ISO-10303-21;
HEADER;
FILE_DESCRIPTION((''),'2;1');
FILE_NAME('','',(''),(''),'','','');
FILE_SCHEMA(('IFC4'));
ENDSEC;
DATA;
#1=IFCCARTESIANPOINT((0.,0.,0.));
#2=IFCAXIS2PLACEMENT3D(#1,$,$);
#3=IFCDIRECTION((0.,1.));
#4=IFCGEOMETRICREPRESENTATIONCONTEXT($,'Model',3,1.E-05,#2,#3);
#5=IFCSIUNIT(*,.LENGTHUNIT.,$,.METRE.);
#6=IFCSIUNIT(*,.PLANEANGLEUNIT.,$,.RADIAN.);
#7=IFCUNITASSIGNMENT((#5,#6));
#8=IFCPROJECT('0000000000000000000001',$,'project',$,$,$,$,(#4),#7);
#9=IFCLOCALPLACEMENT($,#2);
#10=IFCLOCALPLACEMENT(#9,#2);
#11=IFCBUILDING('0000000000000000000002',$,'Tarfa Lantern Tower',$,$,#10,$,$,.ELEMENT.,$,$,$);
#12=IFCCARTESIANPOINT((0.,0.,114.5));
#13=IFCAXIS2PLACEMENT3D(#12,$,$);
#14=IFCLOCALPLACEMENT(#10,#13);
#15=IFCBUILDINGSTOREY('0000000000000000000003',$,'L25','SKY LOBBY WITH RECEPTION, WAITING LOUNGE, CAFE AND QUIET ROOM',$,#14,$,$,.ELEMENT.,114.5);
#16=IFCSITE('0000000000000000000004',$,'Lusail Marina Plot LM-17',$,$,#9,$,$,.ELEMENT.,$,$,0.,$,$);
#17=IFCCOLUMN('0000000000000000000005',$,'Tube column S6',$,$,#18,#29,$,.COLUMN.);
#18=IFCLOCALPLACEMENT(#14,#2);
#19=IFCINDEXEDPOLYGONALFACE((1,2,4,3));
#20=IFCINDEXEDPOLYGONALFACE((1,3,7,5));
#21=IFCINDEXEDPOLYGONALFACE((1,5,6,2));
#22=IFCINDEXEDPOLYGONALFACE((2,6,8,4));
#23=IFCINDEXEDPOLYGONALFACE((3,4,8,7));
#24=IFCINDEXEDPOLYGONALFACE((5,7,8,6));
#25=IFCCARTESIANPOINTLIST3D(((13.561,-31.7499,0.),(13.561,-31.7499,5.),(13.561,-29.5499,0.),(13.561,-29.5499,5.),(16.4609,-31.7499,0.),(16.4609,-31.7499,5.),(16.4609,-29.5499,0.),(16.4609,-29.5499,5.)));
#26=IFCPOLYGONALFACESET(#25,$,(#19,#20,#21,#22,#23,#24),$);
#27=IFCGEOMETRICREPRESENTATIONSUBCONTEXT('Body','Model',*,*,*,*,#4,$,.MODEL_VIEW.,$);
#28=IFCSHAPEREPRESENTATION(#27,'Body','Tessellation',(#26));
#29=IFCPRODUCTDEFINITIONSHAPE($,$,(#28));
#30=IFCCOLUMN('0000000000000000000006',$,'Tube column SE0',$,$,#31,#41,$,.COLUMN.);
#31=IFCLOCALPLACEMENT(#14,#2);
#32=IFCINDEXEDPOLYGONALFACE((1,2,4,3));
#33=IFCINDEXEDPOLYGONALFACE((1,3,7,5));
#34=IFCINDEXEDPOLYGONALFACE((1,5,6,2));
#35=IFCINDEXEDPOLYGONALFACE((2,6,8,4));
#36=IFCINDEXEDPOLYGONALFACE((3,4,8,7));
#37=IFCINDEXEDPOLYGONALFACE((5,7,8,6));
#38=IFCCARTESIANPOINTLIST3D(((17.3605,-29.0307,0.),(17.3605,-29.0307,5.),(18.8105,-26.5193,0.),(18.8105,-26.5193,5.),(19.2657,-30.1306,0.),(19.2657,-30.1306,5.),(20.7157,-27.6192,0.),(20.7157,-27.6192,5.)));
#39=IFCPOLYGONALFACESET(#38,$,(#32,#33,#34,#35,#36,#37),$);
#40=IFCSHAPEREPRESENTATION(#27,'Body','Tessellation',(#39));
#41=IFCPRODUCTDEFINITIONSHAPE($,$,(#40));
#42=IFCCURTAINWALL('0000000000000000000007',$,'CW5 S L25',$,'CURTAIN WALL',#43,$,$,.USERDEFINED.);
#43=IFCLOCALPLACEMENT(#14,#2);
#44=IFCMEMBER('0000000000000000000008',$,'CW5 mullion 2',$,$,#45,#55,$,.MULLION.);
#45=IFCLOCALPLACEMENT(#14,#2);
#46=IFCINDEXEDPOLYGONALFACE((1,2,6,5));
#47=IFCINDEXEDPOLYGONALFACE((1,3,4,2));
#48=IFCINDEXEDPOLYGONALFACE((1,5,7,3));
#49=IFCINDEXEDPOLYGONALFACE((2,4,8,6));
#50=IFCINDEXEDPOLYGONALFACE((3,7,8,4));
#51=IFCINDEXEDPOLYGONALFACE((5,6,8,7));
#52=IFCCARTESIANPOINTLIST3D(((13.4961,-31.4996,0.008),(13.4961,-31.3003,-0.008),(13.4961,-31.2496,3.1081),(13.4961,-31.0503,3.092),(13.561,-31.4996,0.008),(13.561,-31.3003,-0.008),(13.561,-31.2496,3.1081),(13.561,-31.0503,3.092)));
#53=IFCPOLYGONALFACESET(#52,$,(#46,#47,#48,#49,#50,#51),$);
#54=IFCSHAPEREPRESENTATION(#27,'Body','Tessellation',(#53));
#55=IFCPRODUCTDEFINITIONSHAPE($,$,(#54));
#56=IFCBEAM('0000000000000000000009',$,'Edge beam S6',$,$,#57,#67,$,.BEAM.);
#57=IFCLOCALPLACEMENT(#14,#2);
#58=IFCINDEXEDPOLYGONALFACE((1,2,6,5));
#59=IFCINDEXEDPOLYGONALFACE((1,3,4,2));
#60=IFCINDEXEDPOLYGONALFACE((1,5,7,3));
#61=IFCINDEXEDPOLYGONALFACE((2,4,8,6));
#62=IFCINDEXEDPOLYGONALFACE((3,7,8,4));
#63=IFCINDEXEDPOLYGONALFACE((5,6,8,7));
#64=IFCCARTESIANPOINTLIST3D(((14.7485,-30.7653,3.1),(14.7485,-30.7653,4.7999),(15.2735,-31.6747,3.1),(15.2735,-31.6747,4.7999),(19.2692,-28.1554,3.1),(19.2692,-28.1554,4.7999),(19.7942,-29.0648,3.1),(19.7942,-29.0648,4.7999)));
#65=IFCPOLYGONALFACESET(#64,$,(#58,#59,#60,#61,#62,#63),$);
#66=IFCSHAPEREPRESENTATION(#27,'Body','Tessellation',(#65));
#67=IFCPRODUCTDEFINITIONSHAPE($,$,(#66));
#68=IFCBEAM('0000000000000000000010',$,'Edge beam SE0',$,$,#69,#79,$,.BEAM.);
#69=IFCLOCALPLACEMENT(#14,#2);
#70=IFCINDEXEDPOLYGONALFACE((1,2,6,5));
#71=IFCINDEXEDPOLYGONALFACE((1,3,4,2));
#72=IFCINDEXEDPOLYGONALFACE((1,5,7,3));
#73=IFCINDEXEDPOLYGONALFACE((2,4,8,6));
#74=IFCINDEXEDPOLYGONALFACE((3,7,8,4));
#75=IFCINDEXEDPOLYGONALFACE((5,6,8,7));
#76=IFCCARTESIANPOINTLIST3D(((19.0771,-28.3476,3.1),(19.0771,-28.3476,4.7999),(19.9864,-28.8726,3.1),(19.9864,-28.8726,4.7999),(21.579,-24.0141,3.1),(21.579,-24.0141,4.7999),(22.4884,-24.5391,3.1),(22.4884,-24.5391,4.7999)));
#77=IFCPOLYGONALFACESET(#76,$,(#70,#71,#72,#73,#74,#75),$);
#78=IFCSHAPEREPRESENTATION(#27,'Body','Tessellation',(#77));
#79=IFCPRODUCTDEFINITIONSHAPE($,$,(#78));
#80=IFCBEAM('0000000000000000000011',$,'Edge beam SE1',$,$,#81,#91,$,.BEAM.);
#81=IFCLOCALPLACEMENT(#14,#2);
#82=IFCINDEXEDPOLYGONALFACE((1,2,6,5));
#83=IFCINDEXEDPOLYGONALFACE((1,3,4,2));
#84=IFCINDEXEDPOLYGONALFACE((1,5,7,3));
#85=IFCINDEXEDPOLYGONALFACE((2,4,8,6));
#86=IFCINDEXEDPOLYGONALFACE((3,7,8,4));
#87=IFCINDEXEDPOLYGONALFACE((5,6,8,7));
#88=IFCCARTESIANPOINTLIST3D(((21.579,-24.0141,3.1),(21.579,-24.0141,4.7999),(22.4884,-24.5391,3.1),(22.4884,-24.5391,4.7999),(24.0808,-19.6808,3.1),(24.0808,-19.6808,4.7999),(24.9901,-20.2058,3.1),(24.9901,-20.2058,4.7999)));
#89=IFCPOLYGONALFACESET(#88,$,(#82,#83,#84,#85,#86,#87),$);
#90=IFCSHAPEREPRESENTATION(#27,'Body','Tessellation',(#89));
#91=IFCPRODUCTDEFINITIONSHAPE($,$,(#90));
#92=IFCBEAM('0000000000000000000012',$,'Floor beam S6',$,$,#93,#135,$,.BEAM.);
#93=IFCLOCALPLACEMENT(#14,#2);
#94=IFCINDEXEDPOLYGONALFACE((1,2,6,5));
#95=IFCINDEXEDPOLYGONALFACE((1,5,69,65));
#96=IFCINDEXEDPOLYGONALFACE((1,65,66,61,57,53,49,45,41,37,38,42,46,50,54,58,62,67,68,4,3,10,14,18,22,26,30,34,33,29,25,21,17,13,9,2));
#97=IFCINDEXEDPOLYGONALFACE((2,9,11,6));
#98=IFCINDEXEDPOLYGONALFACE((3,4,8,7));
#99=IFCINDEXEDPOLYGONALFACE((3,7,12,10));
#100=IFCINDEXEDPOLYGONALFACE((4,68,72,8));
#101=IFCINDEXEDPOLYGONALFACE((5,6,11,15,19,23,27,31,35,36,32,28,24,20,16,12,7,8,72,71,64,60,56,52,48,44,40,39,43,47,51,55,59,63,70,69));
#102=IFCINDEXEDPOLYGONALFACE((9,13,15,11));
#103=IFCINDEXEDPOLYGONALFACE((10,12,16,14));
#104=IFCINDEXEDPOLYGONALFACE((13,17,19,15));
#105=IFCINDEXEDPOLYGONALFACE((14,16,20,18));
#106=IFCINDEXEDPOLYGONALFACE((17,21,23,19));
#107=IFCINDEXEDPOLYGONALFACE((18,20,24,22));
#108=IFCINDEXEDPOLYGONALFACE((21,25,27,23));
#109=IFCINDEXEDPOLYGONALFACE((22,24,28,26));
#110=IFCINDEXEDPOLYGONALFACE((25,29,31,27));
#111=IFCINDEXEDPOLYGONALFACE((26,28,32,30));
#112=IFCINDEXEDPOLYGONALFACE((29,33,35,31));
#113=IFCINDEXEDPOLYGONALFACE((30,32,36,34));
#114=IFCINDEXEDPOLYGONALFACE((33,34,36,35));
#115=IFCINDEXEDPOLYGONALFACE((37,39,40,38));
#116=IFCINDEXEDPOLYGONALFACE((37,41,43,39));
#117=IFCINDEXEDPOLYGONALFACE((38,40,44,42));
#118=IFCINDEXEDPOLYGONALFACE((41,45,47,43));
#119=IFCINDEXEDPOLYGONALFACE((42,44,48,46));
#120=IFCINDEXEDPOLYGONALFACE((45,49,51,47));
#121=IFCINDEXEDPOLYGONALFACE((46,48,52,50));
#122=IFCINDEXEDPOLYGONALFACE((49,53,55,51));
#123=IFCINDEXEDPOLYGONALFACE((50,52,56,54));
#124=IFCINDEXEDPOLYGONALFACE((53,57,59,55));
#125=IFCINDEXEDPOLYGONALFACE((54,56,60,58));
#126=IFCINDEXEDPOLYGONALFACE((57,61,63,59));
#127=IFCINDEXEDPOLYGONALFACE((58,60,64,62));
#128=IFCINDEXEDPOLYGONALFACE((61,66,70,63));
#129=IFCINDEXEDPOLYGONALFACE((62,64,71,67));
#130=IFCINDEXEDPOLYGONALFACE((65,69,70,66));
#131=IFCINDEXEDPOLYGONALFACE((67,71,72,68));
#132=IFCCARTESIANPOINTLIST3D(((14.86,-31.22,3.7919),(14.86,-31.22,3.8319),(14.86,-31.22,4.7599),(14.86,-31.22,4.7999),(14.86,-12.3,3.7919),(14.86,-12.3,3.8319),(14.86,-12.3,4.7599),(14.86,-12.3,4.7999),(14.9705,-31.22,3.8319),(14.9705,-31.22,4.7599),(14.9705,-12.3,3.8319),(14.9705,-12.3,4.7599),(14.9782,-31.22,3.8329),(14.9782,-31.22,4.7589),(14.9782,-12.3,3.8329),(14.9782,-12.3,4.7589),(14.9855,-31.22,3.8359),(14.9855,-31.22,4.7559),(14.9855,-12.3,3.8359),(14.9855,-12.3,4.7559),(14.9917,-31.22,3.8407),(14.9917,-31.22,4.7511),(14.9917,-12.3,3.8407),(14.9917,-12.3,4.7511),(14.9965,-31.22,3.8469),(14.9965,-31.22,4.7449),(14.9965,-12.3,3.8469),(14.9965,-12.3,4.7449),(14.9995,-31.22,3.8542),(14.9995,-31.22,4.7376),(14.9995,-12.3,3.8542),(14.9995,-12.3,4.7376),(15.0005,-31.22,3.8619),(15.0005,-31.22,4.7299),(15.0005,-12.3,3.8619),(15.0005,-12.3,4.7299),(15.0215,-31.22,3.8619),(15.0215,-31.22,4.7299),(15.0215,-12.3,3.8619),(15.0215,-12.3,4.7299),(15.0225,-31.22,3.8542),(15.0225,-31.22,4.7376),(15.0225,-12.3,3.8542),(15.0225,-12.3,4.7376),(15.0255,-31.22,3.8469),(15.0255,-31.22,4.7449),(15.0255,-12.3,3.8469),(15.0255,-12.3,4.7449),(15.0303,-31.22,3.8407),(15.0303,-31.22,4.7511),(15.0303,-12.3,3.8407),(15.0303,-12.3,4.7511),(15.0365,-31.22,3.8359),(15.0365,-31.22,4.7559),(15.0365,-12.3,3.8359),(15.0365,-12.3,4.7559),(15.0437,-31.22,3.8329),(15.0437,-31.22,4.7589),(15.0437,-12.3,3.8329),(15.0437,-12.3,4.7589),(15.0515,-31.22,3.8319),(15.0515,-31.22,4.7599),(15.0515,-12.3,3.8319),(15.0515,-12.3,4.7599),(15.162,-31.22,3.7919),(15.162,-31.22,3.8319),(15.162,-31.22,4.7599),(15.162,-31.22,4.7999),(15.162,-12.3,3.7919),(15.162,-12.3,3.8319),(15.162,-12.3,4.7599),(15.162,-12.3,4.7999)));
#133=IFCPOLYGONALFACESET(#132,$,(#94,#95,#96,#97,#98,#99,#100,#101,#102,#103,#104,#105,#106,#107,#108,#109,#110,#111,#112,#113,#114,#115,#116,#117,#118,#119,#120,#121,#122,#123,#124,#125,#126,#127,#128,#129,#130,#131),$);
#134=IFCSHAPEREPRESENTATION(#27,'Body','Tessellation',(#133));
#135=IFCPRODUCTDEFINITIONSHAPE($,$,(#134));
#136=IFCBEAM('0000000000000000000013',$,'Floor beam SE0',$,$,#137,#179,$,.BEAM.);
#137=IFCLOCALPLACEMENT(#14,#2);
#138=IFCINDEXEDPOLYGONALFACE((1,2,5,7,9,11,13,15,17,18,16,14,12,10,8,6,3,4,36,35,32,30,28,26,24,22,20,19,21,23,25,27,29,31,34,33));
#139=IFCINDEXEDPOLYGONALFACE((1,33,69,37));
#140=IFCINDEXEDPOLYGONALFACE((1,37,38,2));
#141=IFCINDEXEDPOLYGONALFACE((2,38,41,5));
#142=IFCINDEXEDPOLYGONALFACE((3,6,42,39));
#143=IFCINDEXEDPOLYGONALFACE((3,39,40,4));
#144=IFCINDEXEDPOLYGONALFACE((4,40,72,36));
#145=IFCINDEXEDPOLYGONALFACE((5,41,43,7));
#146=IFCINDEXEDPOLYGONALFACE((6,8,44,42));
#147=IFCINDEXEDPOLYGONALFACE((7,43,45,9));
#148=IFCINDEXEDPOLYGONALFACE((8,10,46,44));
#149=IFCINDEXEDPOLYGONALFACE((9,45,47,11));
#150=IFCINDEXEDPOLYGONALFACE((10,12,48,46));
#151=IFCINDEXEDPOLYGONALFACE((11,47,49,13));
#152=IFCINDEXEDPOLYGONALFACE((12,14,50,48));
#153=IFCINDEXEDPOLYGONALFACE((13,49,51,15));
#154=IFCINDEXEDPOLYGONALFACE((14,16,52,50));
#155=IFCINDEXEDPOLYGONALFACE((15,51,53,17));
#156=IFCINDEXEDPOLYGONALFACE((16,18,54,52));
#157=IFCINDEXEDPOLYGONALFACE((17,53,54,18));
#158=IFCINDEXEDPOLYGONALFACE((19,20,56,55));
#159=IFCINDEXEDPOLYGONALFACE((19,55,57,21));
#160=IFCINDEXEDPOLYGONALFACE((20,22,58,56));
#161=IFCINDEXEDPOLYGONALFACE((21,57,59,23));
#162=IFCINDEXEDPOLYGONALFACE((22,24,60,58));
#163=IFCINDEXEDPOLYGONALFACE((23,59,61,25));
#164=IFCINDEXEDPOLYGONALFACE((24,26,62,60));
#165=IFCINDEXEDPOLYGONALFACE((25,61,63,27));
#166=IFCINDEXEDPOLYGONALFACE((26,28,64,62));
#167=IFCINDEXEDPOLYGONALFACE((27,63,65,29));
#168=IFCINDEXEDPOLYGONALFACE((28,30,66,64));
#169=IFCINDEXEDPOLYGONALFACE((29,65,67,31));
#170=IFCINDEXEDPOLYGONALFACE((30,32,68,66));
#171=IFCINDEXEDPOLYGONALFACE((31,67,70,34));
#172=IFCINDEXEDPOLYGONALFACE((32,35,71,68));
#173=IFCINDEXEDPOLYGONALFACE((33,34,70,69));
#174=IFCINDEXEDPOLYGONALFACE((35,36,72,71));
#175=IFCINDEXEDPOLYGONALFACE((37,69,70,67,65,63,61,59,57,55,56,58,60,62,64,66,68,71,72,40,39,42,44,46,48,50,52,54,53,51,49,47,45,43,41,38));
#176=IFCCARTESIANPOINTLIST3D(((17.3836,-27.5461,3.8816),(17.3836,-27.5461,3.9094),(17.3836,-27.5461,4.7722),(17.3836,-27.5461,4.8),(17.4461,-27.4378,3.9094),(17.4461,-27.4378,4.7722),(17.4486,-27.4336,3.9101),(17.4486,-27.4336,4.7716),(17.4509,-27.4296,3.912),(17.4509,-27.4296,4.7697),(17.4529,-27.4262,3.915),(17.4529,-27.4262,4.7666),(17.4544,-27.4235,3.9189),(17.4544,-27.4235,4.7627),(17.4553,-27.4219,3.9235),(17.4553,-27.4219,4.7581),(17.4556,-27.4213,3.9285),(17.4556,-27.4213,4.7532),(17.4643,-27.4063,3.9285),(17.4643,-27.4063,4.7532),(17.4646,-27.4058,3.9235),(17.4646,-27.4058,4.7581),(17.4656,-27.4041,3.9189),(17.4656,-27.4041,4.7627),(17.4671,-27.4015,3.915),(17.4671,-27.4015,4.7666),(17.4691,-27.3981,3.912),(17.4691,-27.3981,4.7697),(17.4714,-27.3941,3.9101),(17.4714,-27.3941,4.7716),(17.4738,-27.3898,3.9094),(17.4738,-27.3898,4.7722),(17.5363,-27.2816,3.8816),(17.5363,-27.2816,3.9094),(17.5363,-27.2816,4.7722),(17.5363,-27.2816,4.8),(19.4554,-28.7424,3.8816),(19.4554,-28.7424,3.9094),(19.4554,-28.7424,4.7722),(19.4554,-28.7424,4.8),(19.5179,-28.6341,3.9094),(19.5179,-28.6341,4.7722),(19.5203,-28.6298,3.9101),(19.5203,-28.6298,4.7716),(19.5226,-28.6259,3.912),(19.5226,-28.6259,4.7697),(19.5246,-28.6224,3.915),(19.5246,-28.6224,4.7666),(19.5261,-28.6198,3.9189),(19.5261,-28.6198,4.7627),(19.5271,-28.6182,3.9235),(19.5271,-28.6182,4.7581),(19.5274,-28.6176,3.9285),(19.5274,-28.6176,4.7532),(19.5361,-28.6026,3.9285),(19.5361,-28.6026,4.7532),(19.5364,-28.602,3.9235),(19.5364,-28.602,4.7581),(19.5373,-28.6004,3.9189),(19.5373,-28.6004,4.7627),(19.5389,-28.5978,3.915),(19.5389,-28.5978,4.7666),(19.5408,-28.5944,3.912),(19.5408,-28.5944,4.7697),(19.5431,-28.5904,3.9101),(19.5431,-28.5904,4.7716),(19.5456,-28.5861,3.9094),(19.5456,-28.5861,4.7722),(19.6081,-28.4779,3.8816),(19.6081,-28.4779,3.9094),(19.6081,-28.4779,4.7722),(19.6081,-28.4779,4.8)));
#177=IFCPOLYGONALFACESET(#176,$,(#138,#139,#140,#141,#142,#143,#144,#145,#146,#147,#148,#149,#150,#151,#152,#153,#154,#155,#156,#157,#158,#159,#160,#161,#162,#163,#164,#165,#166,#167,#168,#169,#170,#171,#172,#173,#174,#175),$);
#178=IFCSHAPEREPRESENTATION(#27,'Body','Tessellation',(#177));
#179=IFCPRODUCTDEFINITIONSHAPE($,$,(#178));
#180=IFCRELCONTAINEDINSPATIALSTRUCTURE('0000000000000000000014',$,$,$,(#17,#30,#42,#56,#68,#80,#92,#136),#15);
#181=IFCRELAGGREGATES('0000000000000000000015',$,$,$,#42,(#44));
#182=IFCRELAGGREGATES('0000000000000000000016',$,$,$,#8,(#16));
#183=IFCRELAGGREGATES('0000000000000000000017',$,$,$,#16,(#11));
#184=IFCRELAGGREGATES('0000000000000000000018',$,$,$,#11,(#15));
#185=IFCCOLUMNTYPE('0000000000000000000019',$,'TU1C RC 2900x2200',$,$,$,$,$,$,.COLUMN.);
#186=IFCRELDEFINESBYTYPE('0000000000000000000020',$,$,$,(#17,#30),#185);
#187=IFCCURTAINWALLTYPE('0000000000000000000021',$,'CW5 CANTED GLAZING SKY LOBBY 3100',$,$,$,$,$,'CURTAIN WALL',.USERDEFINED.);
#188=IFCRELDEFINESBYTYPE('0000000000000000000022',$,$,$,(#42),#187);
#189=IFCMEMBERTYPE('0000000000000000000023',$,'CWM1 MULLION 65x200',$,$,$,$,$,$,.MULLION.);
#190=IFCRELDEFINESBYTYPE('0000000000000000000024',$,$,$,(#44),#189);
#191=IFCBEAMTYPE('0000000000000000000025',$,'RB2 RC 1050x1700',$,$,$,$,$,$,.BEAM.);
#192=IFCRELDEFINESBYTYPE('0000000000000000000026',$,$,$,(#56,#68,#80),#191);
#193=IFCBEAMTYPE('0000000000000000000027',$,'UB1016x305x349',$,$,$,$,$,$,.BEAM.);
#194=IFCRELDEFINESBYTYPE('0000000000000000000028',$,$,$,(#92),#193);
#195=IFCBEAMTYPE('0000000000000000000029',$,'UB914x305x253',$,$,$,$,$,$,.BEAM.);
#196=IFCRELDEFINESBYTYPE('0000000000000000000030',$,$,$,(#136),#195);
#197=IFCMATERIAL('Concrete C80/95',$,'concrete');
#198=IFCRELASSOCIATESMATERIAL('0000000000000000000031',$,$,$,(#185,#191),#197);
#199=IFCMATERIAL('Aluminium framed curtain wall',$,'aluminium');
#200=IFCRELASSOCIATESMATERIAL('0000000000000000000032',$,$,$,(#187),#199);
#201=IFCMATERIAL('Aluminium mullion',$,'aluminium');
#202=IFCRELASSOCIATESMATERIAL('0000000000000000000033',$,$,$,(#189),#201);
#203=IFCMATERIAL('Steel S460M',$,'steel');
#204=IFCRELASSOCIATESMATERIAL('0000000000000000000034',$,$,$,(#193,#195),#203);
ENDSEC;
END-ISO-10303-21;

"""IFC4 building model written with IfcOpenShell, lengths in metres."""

from ifc_helpers import new_model, si_unit, direction, frame, origin, origin_2d, place, context, subcontext, project, spatial, rectangle, i_section, extrude, material, material_profile, profile_set, type_object, element, aggregate, save


model = new_model("IFC4")

# Units and contexts
model_context = context("Model", 3, precision=1e-05, world=origin(), true_north=direction((0.0, 1.0)))
body_context = subcontext(model_context, "Body", "Model", "MODEL_VIEW")
ifc_project = project(units=[si_unit("LENGTHUNIT", "METRE"), si_unit("PLANEANGLEUNIT", "RADIAN")], contexts=[model_context])

# Site, building, storey
site_placement = place(None, origin())
site = spatial("IfcSite", under=ifc_project, at=site_placement, Name="Lusail Marina Plot LM-17", CompositionType="ELEMENT", RefElevation=0.0)
building_placement = place(site_placement, origin())
building = spatial("IfcBuilding", under=site, at=building_placement, Name="Tarfa Lantern Tower", CompositionType="ELEMENT")
storey_placement = place(building_placement, frame((0.0, 0.0, 114.5)))
storey = spatial("IfcBuildingStorey", under=building, at=storey_placement, Name="L25", Description="SKY LOBBY WITH RECEPTION, WAITING LOUNGE, CAFE AND QUIET ROOM", CompositionType="ELEMENT", Elevation=114.5)

# Columns
ifc_material_1 = material(Name="Concrete C80/95", Category="concrete")
ifc_material_profile_1 = material_profile(ifc_material_1, rectangle(XDim=2.8999, YDim=2.2, at=origin_2d()), Name="RC 2900x2200")
ifc_profile_set_1 = profile_set([ifc_material_profile_1], Name="Concrete C80/95")
column_type = type_object("IfcColumnType", Name="TU1C RC 2900x2200", PredefinedType="COLUMN", material=ifc_profile_set_1)
for number, where, z_axis, x_axis, name in (
    (1, (15.011, -30.6499, 0.0), (0.0, 0.0, 1.0), (1.0, 0.0, 0.0), "Tube column S6"),
    (2, (19.0381, -28.325, 0.0), (0.0, 0.0, 1.0), (0.5, 0.866025, 0.0), "Tube column SE0"),
):
    element("IfcColumn", number, at=place(storey_placement, frame(where, z_axis=z_axis, x_axis=x_axis)), inside=storey, type_object=column_type, Name=name, PredefinedType="COLUMN", context=body_context, shape_type="SweptSolid", body=[
        extrude(rectangle(XDim=2.8999, YDim=2.2, at=origin_2d()), origin(), (0.0, 0.0, 1.0), 5.0),
    ])

# Curtain wall, member
ifc_material_2 = material(Name="Aluminium framed curtain wall", Category="aluminium")
curtain_wall_type = type_object("IfcCurtainWallType", Name="CW5 CANTED GLAZING SKY LOBBY 3100", ElementType="CURTAIN WALL", PredefinedType="USERDEFINED", material=ifc_material_2)
curtain_wall_placement = place(storey_placement, origin())
curtain_wall = element("IfcCurtainWall", 3, at=curtain_wall_placement, inside=storey, type_object=curtain_wall_type, Name="CW5 S L25", ObjectType="CURTAIN WALL", PredefinedType="USERDEFINED")
ifc_material_3 = material(Name="Aluminium mullion", Category="aluminium")
ifc_material_profile_2 = material_profile(ifc_material_3, rectangle(XDim=0.0649, YDim=0.2, at=origin_2d()), Name="AL MULLION 65x200")
ifc_profile_set_2 = profile_set([ifc_material_profile_2], Name="Aluminium mullion")
member_type = type_object("IfcMemberType", Name="CWM1 MULLION 65x200", PredefinedType="MULLION", material=ifc_profile_set_2)
member_placement = place(storey_placement, frame((13.5286, -31.3999, 0.0), z_axis=(0.0, 0.080382, 0.996764), x_axis=(-1.0, 0.0, 0.0)))
member = element("IfcMember", 4, at=member_placement, type_object=member_type, Name="CW5 mullion 2", PredefinedType="MULLION", context=body_context, shape_type="SweptSolid", body=[
    extrude(rectangle(XDim=0.0649, YDim=0.2, at=origin_2d()), origin(), (0.0, 0.0, 1.0), 3.1101),
])
aggregate(curtain_wall, [member])

# Beams
ifc_material_profile_3 = material_profile(ifc_material_1, rectangle(XDim=1.05, YDim=1.7, at=origin_2d()), Name="RC 1050x1700")
ifc_profile_set_3 = profile_set([ifc_material_profile_3], Name="Concrete C80/95")
beam_type_1 = type_object("IfcBeamType", Name="RB2 RC 1050x1700", PredefinedType="BEAM", material=ifc_profile_set_3)
beam_1_placement = place(storey_placement, frame((15.011, -31.22, 3.95), z_axis=(0.866042, 0.499972, 0.0), x_axis=(-0.499972, 0.866042, 0.0)))
element("IfcBeam", 5, at=beam_1_placement, inside=storey, type_object=beam_type_1, Name="Edge beam S6", PredefinedType="BEAM", context=body_context, shape_type="SweptSolid", body=[
    extrude(rectangle(XDim=1.05, YDim=1.7, at=origin_2d()), origin(), (0.0, 0.0, 1.0), 5.22),
])
beam_2_placement = place(storey_placement, frame((19.5317, -28.6101, 3.95), z_axis=(0.500001, 0.866025, 0.0), x_axis=(-0.866025, 0.500001, 0.0)))
element("IfcBeam", 6, at=beam_2_placement, inside=storey, type_object=beam_type_1, Name="Edge beam SE0", PredefinedType="BEAM", context=body_context, shape_type="SweptSolid", body=[
    extrude(rectangle(XDim=1.05, YDim=1.7, at=origin_2d()), origin(), (0.0, 0.0, 1.0), 5.0039),
])
beam_3_placement = place(storey_placement, frame((22.0337, -24.2766, 3.95), z_axis=(0.499986, 0.866034, 0.0), x_axis=(-0.866034, 0.499986, 0.0)))
element("IfcBeam", 7, at=beam_3_placement, inside=storey, type_object=beam_type_1, Name="Edge beam SE1", PredefinedType="BEAM", context=body_context, shape_type="SweptSolid", body=[
    extrude(rectangle(XDim=1.05, YDim=1.7, at=origin_2d()), origin(), (0.0, 0.0, 1.0), 5.0037),
])
ifc_material_4 = material(Name="Steel S460M", Category="steel")
ifc_material_profile_4 = material_profile(ifc_material_4, i_section(OverallWidth=0.302, OverallDepth=1.0081, WebThickness=0.021, FlangeThickness=0.04, FilletRadius=0.03, at=origin_2d()), Name="UB1016x305x349")
ifc_profile_set_4 = profile_set([ifc_material_profile_4], Name="Steel S460M")
beam_type_2 = type_object("IfcBeamType", Name="UB1016x305x349", PredefinedType="BEAM", material=ifc_profile_set_4)
beam_4_placement = place(storey_placement, frame((15.011, -31.22, 4.2959), z_axis=(0.0, 1.0, 0.0), x_axis=(-1.0, 0.0, 0.0)))
element("IfcBeam", 8, at=beam_4_placement, inside=storey, type_object=beam_type_2, Name="Floor beam S6", PredefinedType="BEAM", context=body_context, shape_type="SweptSolid", body=[
    extrude(i_section(OverallWidth=0.302, OverallDepth=1.0081, WebThickness=0.021, FlangeThickness=0.04, FilletRadius=0.03, at=origin_2d()), origin(), (0.0, 0.0, 1.0), 18.9199),
])
ifc_material_profile_5 = material_profile(ifc_material_4, i_section(OverallWidth=0.3054, OverallDepth=0.9185, WebThickness=0.0173, FlangeThickness=0.0278, FilletRadius=0.019, at=origin_2d()), Name="UB914x305x253")
ifc_profile_set_5 = profile_set([ifc_material_profile_5], Name="Steel S460M")
beam_type_3 = type_object("IfcBeamType", Name="UB914x305x253", PredefinedType="BEAM", material=ifc_profile_set_5)
beam_5_placement = place(storey_placement, frame((19.5317, -28.6101, 4.3408), z_axis=(-0.865999, 0.500046, 0.0), x_axis=(-0.500046, -0.865999, 0.0)))
element("IfcBeam", 9, at=beam_5_placement, inside=storey, type_object=beam_type_3, Name="Floor beam SE0", PredefinedType="BEAM", context=body_context, shape_type="SweptSolid", body=[
    extrude(i_section(OverallWidth=0.3054, OverallDepth=0.9185, WebThickness=0.0173, FlangeThickness=0.0278, FilletRadius=0.019, at=origin_2d()), origin(), (0.0, 0.0, 1.0), 2.3923),
])

save(model, "model.ifc")
